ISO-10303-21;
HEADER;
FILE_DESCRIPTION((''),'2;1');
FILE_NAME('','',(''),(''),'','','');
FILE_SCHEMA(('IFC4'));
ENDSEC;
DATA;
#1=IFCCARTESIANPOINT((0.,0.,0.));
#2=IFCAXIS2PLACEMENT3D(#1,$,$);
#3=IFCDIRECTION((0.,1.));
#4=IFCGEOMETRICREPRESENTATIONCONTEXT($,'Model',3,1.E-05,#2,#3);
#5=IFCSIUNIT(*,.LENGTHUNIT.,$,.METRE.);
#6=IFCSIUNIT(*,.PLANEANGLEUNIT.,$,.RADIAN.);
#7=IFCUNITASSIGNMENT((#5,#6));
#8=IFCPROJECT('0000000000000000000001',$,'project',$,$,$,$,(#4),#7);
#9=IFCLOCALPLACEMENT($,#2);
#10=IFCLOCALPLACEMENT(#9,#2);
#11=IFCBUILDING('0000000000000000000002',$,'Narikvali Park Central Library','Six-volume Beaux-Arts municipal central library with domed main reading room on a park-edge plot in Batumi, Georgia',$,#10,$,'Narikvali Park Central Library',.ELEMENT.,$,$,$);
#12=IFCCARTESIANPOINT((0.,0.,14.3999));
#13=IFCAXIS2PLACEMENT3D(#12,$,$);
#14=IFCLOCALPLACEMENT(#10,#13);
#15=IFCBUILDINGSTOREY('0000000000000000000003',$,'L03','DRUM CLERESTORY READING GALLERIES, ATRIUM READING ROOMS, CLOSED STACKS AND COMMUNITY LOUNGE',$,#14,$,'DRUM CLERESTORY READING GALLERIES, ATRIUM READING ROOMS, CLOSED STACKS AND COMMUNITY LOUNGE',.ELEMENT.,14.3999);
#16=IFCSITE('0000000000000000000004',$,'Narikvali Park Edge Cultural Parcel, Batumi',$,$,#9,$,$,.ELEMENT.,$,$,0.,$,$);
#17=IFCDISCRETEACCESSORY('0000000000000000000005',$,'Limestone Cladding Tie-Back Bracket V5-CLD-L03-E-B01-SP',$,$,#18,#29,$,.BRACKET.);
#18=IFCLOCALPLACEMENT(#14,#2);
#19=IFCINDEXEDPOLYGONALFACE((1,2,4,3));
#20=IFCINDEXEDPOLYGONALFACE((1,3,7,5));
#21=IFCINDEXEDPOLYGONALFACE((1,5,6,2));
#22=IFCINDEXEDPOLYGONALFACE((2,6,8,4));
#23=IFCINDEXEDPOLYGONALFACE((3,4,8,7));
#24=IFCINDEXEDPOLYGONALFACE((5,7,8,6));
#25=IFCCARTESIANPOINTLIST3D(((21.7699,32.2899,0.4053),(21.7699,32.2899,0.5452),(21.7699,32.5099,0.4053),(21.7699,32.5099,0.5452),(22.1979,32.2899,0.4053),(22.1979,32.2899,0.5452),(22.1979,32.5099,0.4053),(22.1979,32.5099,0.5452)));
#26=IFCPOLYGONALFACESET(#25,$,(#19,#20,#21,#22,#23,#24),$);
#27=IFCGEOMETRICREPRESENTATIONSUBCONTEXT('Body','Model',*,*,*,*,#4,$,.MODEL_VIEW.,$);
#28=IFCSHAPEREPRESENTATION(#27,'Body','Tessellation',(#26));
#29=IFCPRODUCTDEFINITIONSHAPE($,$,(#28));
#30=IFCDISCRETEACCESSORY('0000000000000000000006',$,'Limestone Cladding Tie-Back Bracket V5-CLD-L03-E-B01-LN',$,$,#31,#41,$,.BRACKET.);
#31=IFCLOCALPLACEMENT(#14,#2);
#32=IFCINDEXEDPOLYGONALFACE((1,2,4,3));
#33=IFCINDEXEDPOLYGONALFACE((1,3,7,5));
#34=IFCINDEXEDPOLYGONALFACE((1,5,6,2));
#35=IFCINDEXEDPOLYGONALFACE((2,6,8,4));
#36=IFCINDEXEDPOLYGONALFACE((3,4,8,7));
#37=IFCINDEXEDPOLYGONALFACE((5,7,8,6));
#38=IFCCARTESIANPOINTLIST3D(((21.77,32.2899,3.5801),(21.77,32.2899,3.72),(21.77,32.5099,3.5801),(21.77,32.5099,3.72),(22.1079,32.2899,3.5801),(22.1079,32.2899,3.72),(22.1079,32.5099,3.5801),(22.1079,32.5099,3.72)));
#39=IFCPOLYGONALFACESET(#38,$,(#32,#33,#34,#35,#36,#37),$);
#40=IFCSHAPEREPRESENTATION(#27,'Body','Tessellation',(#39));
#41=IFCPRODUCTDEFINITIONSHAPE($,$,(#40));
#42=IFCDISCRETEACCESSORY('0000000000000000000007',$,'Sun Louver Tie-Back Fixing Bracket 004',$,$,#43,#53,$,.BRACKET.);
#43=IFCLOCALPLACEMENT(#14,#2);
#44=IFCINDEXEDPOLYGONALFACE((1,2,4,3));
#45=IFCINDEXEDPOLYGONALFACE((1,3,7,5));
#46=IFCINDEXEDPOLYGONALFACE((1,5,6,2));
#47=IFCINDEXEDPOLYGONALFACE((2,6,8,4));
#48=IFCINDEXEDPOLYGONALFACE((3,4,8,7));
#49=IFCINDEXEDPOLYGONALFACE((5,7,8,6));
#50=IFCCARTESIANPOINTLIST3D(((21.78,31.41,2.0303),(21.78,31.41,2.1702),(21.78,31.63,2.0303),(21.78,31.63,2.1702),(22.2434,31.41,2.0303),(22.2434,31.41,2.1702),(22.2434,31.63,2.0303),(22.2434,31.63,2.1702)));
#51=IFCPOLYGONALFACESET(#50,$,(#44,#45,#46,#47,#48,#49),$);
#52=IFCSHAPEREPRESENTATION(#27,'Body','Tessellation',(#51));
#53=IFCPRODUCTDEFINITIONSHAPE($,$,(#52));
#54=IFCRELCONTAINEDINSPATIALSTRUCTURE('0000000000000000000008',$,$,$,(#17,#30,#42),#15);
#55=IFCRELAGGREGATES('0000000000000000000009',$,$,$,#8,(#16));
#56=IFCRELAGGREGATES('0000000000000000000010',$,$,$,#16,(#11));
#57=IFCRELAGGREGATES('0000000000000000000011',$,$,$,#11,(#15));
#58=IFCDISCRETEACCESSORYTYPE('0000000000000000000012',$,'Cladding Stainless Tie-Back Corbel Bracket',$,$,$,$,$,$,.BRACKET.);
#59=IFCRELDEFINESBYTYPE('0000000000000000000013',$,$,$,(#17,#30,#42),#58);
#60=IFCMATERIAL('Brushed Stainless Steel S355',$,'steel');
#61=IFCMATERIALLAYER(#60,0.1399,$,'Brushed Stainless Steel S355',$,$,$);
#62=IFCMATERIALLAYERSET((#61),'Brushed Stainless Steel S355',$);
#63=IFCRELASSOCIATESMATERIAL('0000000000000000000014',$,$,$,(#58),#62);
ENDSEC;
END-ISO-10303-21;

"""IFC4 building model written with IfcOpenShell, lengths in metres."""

from ifc_helpers import new_model, si_unit, direction, frame, origin, origin_2d, place, context, subcontext, project, spatial, rectangle, extrude, material, layer, layer_set, type_object, element, save


model = new_model("IFC4")

# Units and contexts
model_context = context("Model", 3, precision=1e-05, world=origin(), true_north=direction((0.0, 1.0)))
body_context = subcontext(model_context, "Body", "Model", "MODEL_VIEW")
ifc_project = project(units=[si_unit("LENGTHUNIT", "METRE"), si_unit("PLANEANGLEUNIT", "RADIAN")], contexts=[model_context])

# Site, building, storey
site_placement = place(None, origin())
site = spatial("IfcSite", under=ifc_project, at=site_placement, Name="Narikvali Park Edge Cultural Parcel, Batumi", CompositionType="ELEMENT", RefElevation=0.0)
building_placement = place(site_placement, origin())
building = spatial("IfcBuilding", under=site, at=building_placement, Name="Narikvali Park Central Library", Description="Six-volume Beaux-Arts municipal central library with domed main reading room on a park-edge plot in Batumi, Georgia", LongName="Narikvali Park Central Library", CompositionType="ELEMENT")
storey_placement = place(building_placement, frame((0.0, 0.0, 14.3999)))
storey = spatial("IfcBuildingStorey", under=building, at=storey_placement, Name="L03", Description="DRUM CLERESTORY READING GALLERIES, ATRIUM READING ROOMS, CLOSED STACKS AND COMMUNITY LOUNGE", LongName="DRUM CLERESTORY READING GALLERIES, ATRIUM READING ROOMS, CLOSED STACKS AND COMMUNITY LOUNGE", CompositionType="ELEMENT", Elevation=14.3999)

# Discrete accessories
ifc_material_1 = material(Name="Brushed Stainless Steel S355", Category="steel")
ifc_layer_1 = layer(ifc_material_1, 0.1399, Name="Brushed Stainless Steel S355")
ifc_layer_set_1 = layer_set([ifc_layer_1], Name="Brushed Stainless Steel S355")
discrete_accessory_type = type_object("IfcDiscreteAccessoryType", Name="Cladding Stainless Tie-Back Corbel Bracket", PredefinedType="BRACKET", material=ifc_layer_set_1)
discrete_accessory_1_placement = place(storey_placement, frame((21.9839, 32.3999, 0.4053), z_axis=(0.0, 0.0, 1.0), x_axis=(1.0, 0.0, 0.0)))
element("IfcDiscreteAccessory", 1, at=discrete_accessory_1_placement, inside=storey, type_object=discrete_accessory_type, Name="Limestone Cladding Tie-Back Bracket V5-CLD-L03-E-B01-SP", PredefinedType="BRACKET", context=body_context, shape_type="SweptSolid", body=[
    extrude(rectangle(XDim=0.428, YDim=0.22, at=origin_2d()), origin(), (0.0, 0.0, 1.0), 0.1399),
])
discrete_accessory_2_placement = place(storey_placement, frame((21.939, 32.3999, 3.5801), z_axis=(0.0, 0.0, 1.0), x_axis=(1.0, 0.0, 0.0)))
element("IfcDiscreteAccessory", 2, at=discrete_accessory_2_placement, inside=storey, type_object=discrete_accessory_type, Name="Limestone Cladding Tie-Back Bracket V5-CLD-L03-E-B01-LN", PredefinedType="BRACKET", context=body_context, shape_type="SweptSolid", body=[
    extrude(rectangle(XDim=0.3379, YDim=0.22, at=origin_2d()), origin(), (0.0, 0.0, 1.0), 0.1399),
])
discrete_accessory_3_placement = place(storey_placement, frame((22.0117, 31.52, 2.0303), z_axis=(0.0, 0.0, 1.0), x_axis=(1.0, 0.0, 0.0)))
element("IfcDiscreteAccessory", 3, at=discrete_accessory_3_placement, inside=storey, type_object=discrete_accessory_type, Name="Sun Louver Tie-Back Fixing Bracket 004", PredefinedType="BRACKET", context=body_context, shape_type="SweptSolid", body=[
    extrude(rectangle(XDim=0.4634, YDim=0.22, at=origin_2d()), origin(), (0.0, 0.0, 1.0), 0.1399),
])

save(model, "model.ifc")
